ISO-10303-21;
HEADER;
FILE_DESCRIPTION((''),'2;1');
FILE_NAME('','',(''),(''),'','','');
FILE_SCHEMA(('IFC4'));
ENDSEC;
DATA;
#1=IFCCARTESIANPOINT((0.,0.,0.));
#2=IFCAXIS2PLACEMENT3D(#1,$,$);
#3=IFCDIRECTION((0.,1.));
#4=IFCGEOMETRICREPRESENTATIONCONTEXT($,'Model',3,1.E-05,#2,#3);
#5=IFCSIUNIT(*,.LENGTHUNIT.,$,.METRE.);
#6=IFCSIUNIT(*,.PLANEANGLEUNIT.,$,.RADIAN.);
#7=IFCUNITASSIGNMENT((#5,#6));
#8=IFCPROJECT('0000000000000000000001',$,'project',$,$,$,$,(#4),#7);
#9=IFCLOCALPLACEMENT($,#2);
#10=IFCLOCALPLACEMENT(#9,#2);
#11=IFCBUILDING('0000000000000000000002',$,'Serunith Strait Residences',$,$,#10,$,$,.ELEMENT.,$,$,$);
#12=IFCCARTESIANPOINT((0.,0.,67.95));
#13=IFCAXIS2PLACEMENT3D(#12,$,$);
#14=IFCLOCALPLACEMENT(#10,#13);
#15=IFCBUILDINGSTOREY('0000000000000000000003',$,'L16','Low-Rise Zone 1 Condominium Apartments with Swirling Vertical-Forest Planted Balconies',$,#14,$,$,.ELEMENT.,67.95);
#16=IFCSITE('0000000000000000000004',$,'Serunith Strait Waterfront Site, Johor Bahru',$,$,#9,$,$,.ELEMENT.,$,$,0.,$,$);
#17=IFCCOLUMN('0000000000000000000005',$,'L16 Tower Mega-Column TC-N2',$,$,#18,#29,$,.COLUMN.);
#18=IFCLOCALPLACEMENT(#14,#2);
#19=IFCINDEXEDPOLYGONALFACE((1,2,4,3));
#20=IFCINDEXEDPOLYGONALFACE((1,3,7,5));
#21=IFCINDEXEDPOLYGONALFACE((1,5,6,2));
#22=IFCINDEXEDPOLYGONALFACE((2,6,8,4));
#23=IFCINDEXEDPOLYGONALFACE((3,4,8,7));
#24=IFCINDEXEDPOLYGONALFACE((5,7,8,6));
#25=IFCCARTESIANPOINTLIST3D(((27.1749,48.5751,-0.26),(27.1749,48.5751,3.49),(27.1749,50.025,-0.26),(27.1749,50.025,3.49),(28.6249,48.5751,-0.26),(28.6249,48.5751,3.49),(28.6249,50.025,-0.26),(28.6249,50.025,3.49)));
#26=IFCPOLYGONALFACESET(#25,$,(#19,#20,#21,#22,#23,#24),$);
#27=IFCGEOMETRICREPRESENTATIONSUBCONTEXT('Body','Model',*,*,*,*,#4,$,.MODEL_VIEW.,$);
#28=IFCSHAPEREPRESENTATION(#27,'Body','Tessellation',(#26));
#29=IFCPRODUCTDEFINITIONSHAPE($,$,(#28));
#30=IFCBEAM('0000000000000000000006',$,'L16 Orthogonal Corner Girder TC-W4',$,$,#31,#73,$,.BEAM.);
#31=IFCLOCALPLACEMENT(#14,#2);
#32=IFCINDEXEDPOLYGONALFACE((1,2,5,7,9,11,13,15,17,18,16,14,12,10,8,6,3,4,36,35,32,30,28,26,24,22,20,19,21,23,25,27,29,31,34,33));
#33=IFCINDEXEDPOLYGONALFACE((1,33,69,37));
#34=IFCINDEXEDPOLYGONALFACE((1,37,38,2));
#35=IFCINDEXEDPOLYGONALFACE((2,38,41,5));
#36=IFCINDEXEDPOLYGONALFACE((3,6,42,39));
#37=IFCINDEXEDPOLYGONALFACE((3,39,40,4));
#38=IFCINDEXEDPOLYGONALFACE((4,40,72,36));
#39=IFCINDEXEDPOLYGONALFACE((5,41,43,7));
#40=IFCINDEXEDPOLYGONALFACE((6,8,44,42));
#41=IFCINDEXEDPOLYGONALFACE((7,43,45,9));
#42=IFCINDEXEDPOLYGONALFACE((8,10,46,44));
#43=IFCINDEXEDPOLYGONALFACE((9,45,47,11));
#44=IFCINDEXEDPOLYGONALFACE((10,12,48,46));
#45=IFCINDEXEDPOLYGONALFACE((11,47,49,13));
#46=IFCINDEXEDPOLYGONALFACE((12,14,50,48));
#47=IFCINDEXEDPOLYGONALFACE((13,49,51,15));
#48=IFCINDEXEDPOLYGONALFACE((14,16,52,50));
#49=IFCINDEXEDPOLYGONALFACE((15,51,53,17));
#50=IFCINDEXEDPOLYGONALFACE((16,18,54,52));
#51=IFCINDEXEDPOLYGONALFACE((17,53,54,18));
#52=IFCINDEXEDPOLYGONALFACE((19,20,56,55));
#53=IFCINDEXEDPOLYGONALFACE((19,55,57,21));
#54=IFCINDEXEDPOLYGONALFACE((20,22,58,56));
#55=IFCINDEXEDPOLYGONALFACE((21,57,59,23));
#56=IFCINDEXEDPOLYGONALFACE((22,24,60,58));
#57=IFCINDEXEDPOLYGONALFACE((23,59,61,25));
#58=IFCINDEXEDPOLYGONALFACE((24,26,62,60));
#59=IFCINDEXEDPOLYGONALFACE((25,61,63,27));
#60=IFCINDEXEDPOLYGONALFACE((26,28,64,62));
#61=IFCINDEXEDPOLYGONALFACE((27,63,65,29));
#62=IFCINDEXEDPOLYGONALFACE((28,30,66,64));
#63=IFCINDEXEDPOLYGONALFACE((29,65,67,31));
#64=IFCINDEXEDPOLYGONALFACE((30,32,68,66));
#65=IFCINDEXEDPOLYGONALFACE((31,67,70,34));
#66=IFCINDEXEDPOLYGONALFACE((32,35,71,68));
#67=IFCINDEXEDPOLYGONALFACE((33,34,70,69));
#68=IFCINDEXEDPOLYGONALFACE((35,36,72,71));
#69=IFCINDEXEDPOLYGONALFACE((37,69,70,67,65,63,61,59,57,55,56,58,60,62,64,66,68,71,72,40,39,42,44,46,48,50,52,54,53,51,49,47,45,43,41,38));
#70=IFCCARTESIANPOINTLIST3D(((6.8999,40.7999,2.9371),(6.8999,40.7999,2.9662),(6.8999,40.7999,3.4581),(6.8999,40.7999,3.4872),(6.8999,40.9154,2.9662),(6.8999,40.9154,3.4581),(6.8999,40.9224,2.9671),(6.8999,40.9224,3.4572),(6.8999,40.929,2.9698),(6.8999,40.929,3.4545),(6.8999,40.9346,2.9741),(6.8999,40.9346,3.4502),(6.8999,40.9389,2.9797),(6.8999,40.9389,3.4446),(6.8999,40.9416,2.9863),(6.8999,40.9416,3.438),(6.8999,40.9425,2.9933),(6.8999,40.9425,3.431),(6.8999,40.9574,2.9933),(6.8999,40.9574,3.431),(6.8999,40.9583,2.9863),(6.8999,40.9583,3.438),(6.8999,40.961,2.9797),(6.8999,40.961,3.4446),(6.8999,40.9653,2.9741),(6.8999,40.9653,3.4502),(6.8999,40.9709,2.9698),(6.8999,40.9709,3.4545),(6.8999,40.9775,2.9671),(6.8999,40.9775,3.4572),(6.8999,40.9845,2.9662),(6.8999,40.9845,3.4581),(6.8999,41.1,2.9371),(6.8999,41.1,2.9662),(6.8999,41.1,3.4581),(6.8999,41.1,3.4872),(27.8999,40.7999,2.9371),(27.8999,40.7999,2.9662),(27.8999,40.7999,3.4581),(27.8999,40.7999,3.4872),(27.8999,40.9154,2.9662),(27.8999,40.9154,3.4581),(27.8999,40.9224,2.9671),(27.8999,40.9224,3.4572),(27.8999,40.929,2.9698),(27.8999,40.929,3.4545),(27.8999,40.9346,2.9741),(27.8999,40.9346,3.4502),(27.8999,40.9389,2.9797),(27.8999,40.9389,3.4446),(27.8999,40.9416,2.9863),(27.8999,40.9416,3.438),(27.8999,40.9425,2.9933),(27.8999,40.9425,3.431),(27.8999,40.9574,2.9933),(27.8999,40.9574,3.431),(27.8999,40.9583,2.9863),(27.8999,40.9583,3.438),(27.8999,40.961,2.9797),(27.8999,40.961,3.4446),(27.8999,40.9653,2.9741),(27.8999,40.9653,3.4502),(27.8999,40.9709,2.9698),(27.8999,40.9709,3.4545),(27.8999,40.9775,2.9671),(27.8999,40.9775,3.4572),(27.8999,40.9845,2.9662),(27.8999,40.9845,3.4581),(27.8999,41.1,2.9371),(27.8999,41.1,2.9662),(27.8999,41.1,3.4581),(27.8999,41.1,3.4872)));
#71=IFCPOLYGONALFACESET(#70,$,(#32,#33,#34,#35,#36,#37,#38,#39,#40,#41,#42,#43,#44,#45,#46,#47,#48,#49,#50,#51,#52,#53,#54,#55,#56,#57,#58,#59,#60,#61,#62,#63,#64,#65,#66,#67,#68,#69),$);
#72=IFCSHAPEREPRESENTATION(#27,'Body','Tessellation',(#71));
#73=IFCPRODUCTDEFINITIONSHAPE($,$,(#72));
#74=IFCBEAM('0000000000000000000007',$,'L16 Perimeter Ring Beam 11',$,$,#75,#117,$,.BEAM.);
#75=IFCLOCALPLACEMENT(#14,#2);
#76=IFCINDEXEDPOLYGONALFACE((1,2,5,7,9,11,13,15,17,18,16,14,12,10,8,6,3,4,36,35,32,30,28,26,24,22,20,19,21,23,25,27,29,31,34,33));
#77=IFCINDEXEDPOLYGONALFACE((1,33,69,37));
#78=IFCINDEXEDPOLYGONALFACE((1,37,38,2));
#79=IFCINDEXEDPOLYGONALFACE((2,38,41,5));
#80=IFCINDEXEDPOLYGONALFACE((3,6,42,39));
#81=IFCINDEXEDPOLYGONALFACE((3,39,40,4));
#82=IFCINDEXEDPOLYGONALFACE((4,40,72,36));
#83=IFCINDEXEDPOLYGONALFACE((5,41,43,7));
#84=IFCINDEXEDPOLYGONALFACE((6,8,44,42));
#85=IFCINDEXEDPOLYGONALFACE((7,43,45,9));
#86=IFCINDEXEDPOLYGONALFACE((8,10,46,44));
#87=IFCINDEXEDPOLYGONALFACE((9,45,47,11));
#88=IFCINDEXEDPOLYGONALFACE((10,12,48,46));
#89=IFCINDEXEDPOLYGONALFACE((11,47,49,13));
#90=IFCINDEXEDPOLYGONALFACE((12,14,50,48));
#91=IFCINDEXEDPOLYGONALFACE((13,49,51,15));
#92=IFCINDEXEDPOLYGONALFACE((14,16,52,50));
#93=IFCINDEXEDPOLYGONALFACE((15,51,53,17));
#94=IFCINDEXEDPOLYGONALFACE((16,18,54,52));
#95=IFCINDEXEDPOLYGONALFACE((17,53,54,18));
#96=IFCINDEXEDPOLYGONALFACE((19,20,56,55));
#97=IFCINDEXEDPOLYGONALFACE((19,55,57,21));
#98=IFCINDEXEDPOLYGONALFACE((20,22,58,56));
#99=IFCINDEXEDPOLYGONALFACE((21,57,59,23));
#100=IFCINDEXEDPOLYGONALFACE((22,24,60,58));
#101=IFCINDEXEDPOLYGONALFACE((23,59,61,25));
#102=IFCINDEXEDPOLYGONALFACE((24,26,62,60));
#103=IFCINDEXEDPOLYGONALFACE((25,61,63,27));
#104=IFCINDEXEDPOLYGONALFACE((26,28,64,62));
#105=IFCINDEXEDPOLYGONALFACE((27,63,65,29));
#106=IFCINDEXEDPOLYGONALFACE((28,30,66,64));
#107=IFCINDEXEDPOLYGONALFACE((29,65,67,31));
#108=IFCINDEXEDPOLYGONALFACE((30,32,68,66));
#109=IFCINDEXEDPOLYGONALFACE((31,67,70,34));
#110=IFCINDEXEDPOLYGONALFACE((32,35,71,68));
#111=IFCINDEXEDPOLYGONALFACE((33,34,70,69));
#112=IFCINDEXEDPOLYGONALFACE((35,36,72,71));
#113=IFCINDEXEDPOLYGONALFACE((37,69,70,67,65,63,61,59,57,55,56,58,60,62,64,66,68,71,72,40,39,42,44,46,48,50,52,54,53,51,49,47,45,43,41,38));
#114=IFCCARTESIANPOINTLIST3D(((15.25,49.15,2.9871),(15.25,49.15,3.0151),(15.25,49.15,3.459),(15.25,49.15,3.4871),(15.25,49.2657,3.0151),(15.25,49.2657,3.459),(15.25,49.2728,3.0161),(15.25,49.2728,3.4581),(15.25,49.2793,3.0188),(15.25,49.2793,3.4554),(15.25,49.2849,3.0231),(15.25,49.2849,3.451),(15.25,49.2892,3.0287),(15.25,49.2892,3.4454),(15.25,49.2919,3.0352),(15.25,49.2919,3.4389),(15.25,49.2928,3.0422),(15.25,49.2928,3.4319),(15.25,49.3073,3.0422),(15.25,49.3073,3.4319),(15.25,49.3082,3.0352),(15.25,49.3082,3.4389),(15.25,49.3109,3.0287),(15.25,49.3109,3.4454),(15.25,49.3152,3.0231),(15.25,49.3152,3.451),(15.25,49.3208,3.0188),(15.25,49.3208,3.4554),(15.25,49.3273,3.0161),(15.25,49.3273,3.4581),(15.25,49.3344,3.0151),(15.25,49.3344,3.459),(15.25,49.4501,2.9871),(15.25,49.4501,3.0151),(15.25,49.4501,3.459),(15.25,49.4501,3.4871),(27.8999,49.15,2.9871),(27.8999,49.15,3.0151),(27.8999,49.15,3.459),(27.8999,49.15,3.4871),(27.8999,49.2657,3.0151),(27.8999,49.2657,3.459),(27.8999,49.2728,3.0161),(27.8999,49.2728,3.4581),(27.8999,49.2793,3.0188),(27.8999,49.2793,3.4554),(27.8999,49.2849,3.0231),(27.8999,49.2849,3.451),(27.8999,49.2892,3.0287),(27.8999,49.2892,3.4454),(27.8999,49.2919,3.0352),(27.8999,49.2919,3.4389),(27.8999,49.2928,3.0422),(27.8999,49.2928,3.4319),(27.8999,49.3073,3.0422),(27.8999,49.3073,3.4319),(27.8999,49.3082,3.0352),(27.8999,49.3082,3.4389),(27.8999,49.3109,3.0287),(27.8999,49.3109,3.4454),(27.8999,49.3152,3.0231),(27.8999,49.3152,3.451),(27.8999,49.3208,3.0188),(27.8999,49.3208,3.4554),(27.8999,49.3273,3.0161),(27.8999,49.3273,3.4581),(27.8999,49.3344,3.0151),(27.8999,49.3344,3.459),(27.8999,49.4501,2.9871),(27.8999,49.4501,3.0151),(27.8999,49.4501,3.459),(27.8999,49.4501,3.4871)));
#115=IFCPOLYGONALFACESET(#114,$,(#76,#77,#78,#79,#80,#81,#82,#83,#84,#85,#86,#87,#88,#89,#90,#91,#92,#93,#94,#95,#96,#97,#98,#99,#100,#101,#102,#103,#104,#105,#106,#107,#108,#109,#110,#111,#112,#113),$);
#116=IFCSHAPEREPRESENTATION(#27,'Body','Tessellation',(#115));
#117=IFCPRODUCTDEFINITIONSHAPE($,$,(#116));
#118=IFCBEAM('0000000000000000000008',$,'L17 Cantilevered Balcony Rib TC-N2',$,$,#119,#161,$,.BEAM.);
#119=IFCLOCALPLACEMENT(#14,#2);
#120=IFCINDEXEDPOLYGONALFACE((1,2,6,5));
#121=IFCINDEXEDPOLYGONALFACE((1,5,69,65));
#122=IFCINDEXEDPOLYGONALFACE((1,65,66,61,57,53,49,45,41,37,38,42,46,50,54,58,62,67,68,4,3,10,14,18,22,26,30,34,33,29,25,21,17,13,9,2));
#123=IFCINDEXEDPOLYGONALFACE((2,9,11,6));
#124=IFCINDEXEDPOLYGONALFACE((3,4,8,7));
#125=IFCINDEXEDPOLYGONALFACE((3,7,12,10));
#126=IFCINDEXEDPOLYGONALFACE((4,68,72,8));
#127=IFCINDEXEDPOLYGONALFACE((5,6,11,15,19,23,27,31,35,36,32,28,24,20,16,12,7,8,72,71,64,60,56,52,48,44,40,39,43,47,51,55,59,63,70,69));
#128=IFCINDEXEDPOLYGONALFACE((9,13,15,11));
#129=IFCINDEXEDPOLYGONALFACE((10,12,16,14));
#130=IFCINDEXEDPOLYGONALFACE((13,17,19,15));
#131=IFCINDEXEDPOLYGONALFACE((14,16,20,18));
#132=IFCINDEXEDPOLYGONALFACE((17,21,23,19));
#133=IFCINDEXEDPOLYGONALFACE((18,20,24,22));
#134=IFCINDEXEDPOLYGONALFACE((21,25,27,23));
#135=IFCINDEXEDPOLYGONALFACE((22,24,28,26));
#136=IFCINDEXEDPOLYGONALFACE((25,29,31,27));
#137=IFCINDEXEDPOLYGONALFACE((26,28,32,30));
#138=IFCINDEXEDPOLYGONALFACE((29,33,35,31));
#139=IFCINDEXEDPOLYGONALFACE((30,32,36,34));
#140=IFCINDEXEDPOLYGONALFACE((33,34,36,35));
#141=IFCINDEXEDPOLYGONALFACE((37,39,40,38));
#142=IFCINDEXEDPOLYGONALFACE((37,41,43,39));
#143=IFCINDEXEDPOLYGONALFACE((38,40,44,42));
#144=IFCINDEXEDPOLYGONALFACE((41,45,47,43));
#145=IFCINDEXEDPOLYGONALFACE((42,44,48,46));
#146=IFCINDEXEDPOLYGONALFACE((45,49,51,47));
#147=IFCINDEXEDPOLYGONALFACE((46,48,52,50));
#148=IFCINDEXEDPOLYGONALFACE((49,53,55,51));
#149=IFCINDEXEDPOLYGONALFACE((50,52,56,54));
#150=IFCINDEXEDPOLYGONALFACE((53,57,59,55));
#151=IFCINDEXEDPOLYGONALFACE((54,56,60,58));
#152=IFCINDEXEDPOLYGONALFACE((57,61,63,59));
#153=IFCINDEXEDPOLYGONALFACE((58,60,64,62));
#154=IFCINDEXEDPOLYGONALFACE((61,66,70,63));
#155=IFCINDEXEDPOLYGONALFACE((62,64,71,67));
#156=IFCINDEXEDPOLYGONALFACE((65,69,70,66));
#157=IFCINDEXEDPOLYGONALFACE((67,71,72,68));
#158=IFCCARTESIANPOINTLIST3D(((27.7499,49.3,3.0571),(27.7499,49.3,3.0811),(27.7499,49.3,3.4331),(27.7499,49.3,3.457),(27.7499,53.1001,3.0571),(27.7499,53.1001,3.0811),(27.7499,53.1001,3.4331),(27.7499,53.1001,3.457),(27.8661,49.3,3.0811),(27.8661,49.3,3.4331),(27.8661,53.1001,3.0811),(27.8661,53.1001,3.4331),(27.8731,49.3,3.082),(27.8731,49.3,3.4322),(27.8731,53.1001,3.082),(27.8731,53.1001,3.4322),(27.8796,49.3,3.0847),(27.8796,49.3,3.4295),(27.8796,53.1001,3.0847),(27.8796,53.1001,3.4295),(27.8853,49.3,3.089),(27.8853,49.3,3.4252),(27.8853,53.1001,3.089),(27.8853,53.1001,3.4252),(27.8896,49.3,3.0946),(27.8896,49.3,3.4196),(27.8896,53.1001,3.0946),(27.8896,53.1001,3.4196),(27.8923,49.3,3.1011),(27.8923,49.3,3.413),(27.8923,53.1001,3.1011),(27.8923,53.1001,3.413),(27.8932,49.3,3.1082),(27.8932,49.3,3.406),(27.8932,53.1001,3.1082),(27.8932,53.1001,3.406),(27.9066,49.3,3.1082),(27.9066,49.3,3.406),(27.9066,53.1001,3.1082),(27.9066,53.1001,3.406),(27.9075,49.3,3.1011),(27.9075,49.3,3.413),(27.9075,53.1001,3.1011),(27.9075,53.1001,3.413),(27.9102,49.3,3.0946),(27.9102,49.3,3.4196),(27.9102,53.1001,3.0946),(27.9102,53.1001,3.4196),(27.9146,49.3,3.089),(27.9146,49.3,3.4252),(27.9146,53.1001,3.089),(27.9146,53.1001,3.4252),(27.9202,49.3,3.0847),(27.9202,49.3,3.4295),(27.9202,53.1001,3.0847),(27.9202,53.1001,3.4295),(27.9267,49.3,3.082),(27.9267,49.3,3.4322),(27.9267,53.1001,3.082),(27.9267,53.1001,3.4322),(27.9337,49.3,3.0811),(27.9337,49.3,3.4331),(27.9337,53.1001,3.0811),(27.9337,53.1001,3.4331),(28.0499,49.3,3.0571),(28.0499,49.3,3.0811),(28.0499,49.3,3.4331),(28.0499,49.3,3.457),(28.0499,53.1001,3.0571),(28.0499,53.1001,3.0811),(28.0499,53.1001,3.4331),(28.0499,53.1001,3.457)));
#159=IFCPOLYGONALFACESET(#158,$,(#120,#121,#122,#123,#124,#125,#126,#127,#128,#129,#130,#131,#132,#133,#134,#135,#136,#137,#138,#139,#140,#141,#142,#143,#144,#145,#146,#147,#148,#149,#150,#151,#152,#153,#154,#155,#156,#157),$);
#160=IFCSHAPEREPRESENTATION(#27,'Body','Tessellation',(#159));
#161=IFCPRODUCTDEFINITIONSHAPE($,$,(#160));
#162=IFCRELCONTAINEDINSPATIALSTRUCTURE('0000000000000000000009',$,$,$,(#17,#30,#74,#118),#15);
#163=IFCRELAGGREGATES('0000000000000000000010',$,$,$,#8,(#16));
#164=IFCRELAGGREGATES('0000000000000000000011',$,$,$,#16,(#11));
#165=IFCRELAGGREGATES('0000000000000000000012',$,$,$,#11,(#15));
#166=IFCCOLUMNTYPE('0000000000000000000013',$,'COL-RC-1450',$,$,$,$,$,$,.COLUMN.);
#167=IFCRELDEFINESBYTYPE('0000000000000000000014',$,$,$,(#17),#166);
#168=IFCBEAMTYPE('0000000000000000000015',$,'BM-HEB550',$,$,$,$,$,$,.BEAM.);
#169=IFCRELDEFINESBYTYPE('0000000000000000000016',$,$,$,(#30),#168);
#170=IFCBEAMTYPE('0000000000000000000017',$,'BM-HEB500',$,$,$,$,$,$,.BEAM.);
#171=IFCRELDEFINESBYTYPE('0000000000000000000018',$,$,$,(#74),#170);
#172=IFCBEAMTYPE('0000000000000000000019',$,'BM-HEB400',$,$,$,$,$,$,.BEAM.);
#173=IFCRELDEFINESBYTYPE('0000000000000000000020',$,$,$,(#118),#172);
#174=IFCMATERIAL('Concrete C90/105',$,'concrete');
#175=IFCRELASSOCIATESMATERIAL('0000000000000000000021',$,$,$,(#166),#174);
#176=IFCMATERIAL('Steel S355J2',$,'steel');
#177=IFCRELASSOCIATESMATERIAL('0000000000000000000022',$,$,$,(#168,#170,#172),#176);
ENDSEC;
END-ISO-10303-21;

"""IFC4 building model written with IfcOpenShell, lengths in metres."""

from ifc_helpers import new_model, si_unit, direction, frame, origin, origin_2d, place, context, subcontext, project, spatial, rectangle, i_section, extrude, source, transform, mapped, material, material_profile, profile_set, type_object, element, save


model = new_model("IFC4")

# Units and contexts
model_context = context("Model", 3, precision=1e-05, world=origin(), true_north=direction((0.0, 1.0)))
body_context = subcontext(model_context, "Body", "Model", "MODEL_VIEW")
ifc_project = project(units=[si_unit("LENGTHUNIT", "METRE"), si_unit("PLANEANGLEUNIT", "RADIAN")], contexts=[model_context])

# Site, building, storey
site_placement = place(None, origin())
site = spatial("IfcSite", under=ifc_project, at=site_placement, Name="Serunith Strait Waterfront Site, Johor Bahru", CompositionType="ELEMENT", RefElevation=0.0)
building_placement = place(site_placement, origin())
building = spatial("IfcBuilding", under=site, at=building_placement, Name="Serunith Strait Residences", CompositionType="ELEMENT")
storey_placement = place(building_placement, frame((0.0, 0.0, 67.95)))
storey = spatial("IfcBuildingStorey", under=building, at=storey_placement, Name="L16", Description="Low-Rise Zone 1 Condominium Apartments with Swirling Vertical-Forest Planted Balconies", CompositionType="ELEMENT", Elevation=67.95)

# Column
ifc_material_1 = material(Name="Concrete C90/105", Category="concrete")
ifc_material_profile_1 = material_profile(ifc_material_1, rectangle(XDim=1.45, YDim=1.45, at=origin_2d()), Name="RC 1450x1450")
ifc_profile_set_1 = profile_set([ifc_material_profile_1], Name="Concrete C90/105")
column_type = type_object("IfcColumnType", Name="COL-RC-1450", PredefinedType="COLUMN", material=ifc_profile_set_1)
shared_shape_1 = source(origin(), body_context, "Body", "SweptSolid", [
    extrude(rectangle(XDim=1.45, YDim=1.45, at=origin_2d()), origin(), (0.0, 0.0, 1.0), 3.75),
])
column_placement = place(storey_placement, frame((27.8999, 49.3, -0.26), z_axis=(0.0, 0.0, 1.0), x_axis=(1.0, 0.0, 0.0)))
element("IfcColumn", 1, at=column_placement, inside=storey, type_object=column_type, Name="L16 Tower Mega-Column TC-N2", PredefinedType="COLUMN", context=body_context, shape_type="MappedRepresentation", body=[
    mapped(shared_shape_1, transform((0.0, 0.0, 0.0), scale=1.0)),
])

# Beams
ifc_material_2 = material(Name="Steel S355J2", Category="steel")
ifc_material_profile_2 = material_profile(ifc_material_2, i_section(OverallWidth=0.3, OverallDepth=0.55, WebThickness=0.0149, FlangeThickness=0.0291, FilletRadius=0.0271, at=origin_2d()), Name="HEB 550")
ifc_profile_set_2 = profile_set([ifc_material_profile_2], Name="Steel S355J2")
beam_type_1 = type_object("IfcBeamType", Name="BM-HEB550", PredefinedType="BEAM", material=ifc_profile_set_2)
shared_shape_2 = source(origin(), body_context, "Body", "SweptSolid", [
    extrude(i_section(OverallWidth=0.3, OverallDepth=0.55, WebThickness=0.0149, FlangeThickness=0.0291, FilletRadius=0.0271, at=origin_2d()), origin(), (0.0, 0.0, 1.0), 21.0),
])
beam_1_placement = place(storey_placement, frame((27.8999, 40.95, 3.2122), z_axis=(-1.0, 0.0, 0.0), x_axis=(0.0, -1.0, 0.0)))
element("IfcBeam", 2, at=beam_1_placement, inside=storey, type_object=beam_type_1, Name="L16 Orthogonal Corner Girder TC-W4", PredefinedType="BEAM", context=body_context, shape_type="MappedRepresentation", body=[
    mapped(shared_shape_2, transform((0.0, 0.0, 0.0), scale=1.0)),
])
ifc_material_profile_3 = material_profile(ifc_material_2, i_section(OverallWidth=0.3, OverallDepth=0.5, WebThickness=0.0144, FlangeThickness=0.0281, FilletRadius=0.0271, at=origin_2d()), Name="HEB 500")
ifc_profile_set_3 = profile_set([ifc_material_profile_3], Name="Steel S355J2")
beam_type_2 = type_object("IfcBeamType", Name="BM-HEB500", PredefinedType="BEAM", material=ifc_profile_set_3)
shared_shape_3 = source(origin(), body_context, "Body", "SweptSolid", [
    extrude(i_section(OverallWidth=0.3, OverallDepth=0.5, WebThickness=0.0144, FlangeThickness=0.0281, FilletRadius=0.0271, at=origin_2d()), origin(), (0.0, 0.0, 1.0), 12.6499),
])
beam_2_placement = place(storey_placement, frame((27.8999, 49.3, 3.2371), z_axis=(-1.0, 0.0, 0.0), x_axis=(0.0, -1.0, 0.0)))
element("IfcBeam", 3, at=beam_2_placement, inside=storey, type_object=beam_type_2, Name="L16 Perimeter Ring Beam 11", PredefinedType="BEAM", context=body_context, shape_type="MappedRepresentation", body=[
    mapped(shared_shape_3, transform((0.0, 0.0, 0.0), scale=1.0)),
])
ifc_material_profile_4 = material_profile(ifc_material_2, i_section(OverallWidth=0.3, OverallDepth=0.3999, WebThickness=0.0134, FlangeThickness=0.0239, FilletRadius=0.0271, at=origin_2d()), Name="HEB 400")
ifc_profile_set_4 = profile_set([ifc_material_profile_4], Name="Steel S355J2")
beam_type_3 = type_object("IfcBeamType", Name="BM-HEB400", PredefinedType="BEAM", material=ifc_profile_set_4)
shared_shape_4 = source(origin(), body_context, "Body", "SweptSolid", [
    extrude(i_section(OverallWidth=0.3, OverallDepth=0.3999, WebThickness=0.0134, FlangeThickness=0.0239, FilletRadius=0.0271, at=origin_2d()), origin(), (0.0, 0.0, 1.0), 3.8),
])
beam_3_placement = place(storey_placement, frame((27.8999, 49.3, 3.2571), z_axis=(0.0, 1.0, 0.0), x_axis=(-1.0, 0.0, 0.0)))
element("IfcBeam", 4, at=beam_3_placement, inside=storey, type_object=beam_type_3, Name="L17 Cantilevered Balcony Rib TC-N2", PredefinedType="BEAM", context=body_context, shape_type="MappedRepresentation", body=[
    mapped(shared_shape_4, transform((0.0, 0.0, 0.0), scale=1.0)),
])

save(model, "model.ifc")
